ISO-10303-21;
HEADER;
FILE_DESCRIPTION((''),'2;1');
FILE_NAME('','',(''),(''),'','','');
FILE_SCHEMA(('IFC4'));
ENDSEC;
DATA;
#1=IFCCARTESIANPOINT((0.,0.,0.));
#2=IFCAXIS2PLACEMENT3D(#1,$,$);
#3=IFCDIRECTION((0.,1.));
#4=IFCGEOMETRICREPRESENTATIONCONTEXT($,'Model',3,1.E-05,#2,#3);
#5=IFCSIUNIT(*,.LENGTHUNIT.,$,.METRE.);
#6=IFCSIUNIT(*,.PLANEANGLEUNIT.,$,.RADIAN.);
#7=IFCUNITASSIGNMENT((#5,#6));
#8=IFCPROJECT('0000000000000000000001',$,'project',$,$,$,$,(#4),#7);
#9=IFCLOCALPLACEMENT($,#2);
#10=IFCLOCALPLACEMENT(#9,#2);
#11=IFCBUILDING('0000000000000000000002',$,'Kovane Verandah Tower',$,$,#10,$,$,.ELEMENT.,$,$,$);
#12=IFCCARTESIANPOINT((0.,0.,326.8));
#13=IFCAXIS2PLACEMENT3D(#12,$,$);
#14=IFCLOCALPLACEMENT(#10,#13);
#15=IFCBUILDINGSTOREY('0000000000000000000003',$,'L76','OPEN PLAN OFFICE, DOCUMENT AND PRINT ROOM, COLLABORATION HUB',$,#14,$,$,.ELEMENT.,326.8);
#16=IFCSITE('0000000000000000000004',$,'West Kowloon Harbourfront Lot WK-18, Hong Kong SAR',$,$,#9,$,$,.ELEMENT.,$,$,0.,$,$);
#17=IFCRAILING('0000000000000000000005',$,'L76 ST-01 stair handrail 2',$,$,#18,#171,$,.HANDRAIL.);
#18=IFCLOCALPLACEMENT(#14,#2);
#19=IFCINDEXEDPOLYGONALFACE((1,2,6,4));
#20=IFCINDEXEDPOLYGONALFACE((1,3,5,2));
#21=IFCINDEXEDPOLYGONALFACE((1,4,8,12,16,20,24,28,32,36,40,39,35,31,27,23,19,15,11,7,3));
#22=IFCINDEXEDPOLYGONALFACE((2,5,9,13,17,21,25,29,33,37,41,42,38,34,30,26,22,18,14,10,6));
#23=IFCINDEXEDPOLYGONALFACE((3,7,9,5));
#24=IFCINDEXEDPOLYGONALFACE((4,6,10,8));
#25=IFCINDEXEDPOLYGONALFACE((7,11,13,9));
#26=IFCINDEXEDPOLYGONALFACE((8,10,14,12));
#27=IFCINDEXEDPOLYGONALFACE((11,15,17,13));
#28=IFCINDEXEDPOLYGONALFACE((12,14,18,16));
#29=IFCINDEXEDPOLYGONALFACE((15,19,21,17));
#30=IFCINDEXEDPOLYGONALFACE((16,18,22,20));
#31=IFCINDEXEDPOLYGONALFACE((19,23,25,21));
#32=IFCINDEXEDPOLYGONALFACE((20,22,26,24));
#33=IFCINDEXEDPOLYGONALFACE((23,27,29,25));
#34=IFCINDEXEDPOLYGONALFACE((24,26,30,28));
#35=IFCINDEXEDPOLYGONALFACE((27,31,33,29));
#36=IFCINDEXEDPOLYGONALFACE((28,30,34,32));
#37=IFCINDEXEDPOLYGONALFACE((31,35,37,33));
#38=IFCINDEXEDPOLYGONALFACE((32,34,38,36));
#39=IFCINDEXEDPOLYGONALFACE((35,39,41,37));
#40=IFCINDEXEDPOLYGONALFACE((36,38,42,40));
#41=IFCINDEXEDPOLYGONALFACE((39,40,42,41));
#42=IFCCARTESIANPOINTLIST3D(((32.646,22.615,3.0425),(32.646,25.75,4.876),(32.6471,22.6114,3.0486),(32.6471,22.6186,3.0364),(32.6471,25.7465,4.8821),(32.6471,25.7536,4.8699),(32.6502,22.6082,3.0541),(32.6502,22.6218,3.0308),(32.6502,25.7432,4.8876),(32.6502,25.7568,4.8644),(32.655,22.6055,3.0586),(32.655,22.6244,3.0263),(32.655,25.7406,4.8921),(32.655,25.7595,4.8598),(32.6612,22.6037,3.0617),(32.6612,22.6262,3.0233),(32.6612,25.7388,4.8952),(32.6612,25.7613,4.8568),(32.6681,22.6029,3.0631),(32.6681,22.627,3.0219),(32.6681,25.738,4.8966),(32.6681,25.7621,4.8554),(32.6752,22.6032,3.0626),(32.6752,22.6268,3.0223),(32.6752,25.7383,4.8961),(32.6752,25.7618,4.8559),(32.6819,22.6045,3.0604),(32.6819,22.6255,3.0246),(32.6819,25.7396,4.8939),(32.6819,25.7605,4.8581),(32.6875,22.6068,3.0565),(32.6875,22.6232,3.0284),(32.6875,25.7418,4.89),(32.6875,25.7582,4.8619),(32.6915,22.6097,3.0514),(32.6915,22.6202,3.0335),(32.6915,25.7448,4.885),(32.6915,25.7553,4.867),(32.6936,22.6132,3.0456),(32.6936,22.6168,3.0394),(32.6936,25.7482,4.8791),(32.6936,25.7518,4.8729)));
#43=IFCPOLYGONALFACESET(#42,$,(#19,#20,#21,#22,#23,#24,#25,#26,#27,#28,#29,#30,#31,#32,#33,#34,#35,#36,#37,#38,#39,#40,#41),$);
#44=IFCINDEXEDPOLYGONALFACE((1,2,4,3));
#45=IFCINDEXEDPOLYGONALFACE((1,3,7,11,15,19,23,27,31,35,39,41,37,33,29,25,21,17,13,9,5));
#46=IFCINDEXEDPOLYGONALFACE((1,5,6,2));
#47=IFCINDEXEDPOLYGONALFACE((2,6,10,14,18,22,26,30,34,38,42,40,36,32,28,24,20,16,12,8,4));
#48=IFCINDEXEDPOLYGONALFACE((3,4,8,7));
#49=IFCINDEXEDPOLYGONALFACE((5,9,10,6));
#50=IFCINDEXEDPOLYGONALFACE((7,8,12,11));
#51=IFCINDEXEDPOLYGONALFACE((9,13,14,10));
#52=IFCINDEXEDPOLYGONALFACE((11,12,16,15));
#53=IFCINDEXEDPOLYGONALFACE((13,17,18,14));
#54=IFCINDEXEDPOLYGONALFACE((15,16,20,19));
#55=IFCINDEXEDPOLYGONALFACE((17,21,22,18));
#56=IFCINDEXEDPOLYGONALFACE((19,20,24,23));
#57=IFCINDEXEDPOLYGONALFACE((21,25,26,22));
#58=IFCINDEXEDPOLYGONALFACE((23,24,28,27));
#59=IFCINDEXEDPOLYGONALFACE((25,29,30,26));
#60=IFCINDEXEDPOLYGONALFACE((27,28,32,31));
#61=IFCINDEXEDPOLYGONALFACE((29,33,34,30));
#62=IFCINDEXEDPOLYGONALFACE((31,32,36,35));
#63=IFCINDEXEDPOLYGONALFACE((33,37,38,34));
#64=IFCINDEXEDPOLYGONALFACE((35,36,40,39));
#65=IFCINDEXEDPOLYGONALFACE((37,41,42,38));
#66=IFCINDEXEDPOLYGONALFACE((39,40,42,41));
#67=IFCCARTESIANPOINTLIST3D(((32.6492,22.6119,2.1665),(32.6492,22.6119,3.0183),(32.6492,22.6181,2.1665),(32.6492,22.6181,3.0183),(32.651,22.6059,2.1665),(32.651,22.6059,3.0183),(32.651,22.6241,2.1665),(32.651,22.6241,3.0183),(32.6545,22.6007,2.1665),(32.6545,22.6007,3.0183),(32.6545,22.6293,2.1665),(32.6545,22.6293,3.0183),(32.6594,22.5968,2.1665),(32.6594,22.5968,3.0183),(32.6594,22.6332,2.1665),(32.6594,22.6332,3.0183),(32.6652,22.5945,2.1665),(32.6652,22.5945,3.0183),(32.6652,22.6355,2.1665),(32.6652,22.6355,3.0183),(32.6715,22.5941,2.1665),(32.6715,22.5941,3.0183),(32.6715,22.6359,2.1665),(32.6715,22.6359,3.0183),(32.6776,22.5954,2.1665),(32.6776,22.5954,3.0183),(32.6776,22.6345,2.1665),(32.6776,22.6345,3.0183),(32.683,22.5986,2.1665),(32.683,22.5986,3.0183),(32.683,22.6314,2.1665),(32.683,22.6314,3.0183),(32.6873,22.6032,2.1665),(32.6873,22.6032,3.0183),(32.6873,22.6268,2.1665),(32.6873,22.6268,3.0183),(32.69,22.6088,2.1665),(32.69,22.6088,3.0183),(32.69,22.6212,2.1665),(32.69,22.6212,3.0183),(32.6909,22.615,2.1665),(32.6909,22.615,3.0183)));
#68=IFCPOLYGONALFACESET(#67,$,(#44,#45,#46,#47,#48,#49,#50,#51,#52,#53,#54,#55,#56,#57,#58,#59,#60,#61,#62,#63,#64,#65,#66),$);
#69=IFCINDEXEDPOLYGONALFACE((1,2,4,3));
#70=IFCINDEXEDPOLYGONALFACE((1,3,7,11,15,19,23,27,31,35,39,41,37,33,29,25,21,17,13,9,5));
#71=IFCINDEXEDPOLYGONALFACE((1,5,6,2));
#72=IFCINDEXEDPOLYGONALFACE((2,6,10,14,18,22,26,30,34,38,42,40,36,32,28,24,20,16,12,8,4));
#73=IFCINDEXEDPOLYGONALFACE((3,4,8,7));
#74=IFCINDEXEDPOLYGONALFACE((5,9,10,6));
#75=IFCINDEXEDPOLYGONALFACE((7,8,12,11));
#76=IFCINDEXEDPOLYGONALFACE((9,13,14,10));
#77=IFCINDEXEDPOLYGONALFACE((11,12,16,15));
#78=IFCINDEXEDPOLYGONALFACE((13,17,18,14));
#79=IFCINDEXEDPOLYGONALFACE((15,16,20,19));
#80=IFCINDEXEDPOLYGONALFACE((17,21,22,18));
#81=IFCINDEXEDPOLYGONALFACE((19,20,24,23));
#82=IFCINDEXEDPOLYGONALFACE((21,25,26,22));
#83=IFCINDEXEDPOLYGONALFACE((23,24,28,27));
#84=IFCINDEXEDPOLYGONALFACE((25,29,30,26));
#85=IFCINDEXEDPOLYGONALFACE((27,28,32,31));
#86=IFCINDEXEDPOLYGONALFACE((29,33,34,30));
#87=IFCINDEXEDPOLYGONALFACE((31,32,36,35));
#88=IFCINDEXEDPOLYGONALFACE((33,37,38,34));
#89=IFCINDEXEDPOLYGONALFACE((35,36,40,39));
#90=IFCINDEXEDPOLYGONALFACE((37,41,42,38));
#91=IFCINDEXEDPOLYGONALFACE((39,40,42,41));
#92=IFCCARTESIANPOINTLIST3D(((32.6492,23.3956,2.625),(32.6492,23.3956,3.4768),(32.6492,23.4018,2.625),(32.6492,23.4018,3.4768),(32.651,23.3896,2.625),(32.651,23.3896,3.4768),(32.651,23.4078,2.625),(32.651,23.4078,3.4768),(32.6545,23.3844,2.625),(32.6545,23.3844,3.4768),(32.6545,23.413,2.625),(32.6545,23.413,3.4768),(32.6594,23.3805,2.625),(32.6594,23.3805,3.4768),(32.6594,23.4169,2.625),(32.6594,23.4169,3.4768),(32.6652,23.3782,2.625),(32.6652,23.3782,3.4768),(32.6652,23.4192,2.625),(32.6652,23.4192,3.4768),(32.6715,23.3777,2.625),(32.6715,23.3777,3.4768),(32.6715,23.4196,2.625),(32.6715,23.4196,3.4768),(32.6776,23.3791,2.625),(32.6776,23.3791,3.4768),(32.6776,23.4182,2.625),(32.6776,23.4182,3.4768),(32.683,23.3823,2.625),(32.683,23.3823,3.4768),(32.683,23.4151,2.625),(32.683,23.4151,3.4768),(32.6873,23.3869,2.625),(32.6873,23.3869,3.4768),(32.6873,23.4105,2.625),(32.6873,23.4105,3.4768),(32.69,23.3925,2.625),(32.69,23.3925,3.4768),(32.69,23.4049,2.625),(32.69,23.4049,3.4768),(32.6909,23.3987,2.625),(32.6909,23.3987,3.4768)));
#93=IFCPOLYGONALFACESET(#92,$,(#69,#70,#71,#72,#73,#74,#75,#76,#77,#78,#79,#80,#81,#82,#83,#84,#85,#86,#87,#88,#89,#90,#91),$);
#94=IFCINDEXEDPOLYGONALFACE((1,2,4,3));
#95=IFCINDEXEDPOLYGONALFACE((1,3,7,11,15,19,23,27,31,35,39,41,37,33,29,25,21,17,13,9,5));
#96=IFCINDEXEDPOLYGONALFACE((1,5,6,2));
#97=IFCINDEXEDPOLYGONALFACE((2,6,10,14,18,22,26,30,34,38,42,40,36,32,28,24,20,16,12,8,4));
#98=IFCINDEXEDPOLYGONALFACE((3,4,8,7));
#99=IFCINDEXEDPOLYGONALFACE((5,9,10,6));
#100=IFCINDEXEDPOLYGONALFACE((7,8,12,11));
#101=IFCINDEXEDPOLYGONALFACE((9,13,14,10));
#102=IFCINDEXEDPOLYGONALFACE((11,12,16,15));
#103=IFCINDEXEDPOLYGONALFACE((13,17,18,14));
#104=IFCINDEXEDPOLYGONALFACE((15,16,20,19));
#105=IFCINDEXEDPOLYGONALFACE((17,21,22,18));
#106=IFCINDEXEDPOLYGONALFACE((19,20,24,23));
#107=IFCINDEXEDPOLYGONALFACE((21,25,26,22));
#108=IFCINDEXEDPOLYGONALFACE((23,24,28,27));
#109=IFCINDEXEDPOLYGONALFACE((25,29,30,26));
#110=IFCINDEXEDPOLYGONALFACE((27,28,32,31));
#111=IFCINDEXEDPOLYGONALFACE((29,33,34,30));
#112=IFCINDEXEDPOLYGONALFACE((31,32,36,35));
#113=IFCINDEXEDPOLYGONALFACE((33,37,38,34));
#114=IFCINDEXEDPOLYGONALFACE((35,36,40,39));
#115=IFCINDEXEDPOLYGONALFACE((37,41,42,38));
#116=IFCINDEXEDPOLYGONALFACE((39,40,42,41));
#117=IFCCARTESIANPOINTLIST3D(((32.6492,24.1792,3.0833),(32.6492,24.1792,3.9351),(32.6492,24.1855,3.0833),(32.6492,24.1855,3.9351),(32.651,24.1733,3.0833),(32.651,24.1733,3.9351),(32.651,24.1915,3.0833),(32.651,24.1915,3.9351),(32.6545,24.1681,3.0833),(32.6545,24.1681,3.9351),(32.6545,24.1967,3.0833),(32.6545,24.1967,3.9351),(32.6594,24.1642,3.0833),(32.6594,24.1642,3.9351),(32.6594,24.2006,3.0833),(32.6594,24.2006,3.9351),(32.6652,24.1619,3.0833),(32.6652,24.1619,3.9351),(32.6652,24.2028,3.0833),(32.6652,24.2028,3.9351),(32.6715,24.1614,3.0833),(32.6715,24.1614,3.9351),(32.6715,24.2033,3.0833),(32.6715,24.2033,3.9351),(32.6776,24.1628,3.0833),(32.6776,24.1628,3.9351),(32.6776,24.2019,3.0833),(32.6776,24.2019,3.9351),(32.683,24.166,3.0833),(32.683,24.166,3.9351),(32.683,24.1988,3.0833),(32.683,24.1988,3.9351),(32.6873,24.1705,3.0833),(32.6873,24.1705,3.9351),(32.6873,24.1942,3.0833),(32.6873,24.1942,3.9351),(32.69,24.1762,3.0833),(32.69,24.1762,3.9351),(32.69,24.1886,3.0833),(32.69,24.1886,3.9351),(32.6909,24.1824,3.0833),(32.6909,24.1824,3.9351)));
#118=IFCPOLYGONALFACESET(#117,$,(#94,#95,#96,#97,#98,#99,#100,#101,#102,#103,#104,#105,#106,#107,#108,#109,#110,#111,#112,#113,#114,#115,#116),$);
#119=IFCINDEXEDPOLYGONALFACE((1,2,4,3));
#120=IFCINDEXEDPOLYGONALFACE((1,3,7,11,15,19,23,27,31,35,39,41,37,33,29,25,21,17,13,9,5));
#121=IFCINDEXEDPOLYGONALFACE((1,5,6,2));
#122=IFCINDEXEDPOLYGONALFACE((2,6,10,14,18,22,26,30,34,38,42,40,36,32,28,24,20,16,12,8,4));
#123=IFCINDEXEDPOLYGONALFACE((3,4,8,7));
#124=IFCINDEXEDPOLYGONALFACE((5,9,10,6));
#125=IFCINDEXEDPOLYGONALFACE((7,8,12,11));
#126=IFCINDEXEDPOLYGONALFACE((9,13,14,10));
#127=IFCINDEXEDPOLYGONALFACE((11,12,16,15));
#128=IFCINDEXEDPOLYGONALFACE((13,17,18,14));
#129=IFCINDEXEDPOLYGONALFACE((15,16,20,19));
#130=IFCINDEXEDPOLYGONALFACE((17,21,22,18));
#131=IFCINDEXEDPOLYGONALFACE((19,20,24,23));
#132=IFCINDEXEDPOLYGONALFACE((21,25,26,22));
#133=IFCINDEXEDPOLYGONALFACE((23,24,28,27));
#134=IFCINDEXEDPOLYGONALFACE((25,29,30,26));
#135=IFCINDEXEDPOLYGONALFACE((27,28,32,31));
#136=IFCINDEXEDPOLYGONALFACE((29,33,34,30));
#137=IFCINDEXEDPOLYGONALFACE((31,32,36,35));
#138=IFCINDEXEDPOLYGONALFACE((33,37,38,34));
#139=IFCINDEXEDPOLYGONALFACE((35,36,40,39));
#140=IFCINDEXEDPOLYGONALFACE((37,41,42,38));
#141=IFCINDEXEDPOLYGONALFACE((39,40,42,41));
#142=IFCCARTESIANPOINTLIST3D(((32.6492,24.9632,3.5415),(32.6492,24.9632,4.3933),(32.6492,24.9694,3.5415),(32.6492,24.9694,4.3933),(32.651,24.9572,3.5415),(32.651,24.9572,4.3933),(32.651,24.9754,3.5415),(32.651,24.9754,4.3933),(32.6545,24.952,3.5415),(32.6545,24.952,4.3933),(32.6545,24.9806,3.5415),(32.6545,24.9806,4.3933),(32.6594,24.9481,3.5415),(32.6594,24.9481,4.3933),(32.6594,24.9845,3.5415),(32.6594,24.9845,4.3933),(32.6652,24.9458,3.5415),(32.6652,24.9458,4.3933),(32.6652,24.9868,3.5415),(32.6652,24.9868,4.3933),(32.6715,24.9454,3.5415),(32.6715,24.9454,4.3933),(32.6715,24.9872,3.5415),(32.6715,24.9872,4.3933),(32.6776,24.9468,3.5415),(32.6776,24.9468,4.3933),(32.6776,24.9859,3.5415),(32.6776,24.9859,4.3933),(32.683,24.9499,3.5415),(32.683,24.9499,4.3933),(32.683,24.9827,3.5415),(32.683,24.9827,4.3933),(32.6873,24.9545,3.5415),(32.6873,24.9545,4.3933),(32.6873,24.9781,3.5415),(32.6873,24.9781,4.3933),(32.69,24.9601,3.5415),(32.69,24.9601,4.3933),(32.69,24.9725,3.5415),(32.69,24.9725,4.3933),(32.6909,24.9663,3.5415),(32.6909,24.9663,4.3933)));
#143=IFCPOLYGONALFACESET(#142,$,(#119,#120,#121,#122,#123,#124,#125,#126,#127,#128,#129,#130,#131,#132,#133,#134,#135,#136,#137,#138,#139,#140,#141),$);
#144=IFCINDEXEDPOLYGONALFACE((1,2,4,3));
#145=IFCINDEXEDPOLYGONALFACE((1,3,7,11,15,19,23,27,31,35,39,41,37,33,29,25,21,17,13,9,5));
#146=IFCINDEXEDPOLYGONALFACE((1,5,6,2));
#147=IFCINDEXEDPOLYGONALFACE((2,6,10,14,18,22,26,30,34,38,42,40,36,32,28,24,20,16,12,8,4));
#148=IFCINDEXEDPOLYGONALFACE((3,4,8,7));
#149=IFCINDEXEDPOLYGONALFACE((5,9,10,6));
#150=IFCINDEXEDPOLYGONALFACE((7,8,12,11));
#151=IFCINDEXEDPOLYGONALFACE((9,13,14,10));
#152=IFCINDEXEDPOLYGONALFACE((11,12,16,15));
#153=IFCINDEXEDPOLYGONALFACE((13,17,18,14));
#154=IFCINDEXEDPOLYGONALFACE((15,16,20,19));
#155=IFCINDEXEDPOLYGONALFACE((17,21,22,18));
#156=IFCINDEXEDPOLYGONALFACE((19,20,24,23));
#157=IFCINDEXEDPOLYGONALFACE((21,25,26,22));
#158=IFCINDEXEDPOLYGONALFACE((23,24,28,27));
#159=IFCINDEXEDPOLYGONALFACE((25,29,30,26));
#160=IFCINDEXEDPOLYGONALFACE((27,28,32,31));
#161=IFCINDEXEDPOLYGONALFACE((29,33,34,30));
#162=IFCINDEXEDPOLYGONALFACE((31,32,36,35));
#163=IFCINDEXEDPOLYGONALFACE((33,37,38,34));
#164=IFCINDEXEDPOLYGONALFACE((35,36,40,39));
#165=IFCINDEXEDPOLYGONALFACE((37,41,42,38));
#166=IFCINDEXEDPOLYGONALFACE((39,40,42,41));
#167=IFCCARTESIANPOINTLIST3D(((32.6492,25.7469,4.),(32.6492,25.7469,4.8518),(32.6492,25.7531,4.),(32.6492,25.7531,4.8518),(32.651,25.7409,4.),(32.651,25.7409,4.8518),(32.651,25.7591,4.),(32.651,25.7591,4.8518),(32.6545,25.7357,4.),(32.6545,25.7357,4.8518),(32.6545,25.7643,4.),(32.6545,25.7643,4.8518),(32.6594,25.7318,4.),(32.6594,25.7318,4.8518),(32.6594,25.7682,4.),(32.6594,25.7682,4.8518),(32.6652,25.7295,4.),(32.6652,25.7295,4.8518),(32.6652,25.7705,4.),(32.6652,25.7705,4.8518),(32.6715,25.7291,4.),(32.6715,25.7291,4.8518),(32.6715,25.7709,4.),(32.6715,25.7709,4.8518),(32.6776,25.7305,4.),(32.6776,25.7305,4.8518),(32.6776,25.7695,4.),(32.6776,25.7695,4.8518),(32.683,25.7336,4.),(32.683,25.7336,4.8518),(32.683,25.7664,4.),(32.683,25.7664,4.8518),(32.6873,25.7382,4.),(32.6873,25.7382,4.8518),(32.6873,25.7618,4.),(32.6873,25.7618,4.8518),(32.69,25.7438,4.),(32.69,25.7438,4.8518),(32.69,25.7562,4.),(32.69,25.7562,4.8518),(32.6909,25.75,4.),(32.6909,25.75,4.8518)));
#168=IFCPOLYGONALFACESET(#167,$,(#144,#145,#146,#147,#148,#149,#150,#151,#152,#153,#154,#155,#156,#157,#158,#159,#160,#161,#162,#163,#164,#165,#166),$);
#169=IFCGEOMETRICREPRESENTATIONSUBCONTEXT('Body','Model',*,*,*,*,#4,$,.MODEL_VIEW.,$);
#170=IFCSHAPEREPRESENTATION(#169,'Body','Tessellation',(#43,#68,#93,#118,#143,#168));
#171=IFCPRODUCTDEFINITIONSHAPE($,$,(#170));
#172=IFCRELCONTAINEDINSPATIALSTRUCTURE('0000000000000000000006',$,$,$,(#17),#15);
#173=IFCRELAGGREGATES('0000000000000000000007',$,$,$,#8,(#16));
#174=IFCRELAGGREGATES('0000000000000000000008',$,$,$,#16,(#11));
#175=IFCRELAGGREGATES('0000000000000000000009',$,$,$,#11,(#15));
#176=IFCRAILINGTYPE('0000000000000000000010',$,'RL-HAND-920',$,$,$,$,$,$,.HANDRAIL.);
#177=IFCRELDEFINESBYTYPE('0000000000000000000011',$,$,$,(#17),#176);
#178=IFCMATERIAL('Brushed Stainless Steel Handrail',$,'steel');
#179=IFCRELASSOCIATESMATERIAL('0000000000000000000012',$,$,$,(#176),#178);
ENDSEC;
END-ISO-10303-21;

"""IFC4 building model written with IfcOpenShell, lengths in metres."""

from ifc_helpers import new_model, si_unit, direction, frame, origin, origin_2d, place, context, subcontext, project, spatial, circle, extrude, material, type_object, element, save


model = new_model("IFC4")

# Units and contexts
model_context = context("Model", 3, precision=1e-05, world=origin(), true_north=direction((0.0, 1.0)))
body_context = subcontext(model_context, "Body", "Model", "MODEL_VIEW")
ifc_project = project(units=[si_unit("LENGTHUNIT", "METRE"), si_unit("PLANEANGLEUNIT", "RADIAN")], contexts=[model_context])

# Site, building, storey
site_placement = place(None, origin())
site = spatial("IfcSite", under=ifc_project, at=site_placement, Name="West Kowloon Harbourfront Lot WK-18, Hong Kong SAR", CompositionType="ELEMENT", RefElevation=0.0)
building_placement = place(site_placement, origin())
building = spatial("IfcBuilding", under=site, at=building_placement, Name="Kovane Verandah Tower", CompositionType="ELEMENT")
storey_placement = place(building_placement, frame((0.0, 0.0, 326.8)))
storey = spatial("IfcBuildingStorey", under=building, at=storey_placement, Name="L76", Description="OPEN PLAN OFFICE, DOCUMENT AND PRINT ROOM, COLLABORATION HUB", CompositionType="ELEMENT", Elevation=326.8)

# Railing
ifc_material_1 = material(Name="Brushed Stainless Steel Handrail", Category="steel")
railing_type_1 = type_object("IfcRailingType", Name="RL-HAND-920", PredefinedType="HANDRAIL", material=ifc_material_1)
railing_1_placement = place(storey_placement, frame((32.6699, 22.615, 2.1665)))
element("IfcRailing", 1, at=railing_1_placement, inside=storey, type_object=railing_type_1, Name="L76 ST-01 stair handrail 2", PredefinedType="HANDRAIL", context=body_context, shape_type="SweptSolid", body=[
    extrude(circle(Radius=0.0239, at=origin_2d()), frame((0.0, 0.0, 0.876), z_axis=(0.0, 0.86321, 0.504845), x_axis=(-1.0, 0.0, 0.0)), (0.0, 0.0, 1.0), 3.6318),
    extrude(circle(Radius=0.021, at=origin_2d()), origin(), (0.0, 0.0, 1.0), 0.8518),
    extrude(circle(Radius=0.021, at=origin_2d()), frame((0.0, 0.7837, 0.4585)), (0.0, 0.0, 1.0), 0.8518),
    extrude(circle(Radius=0.021, at=origin_2d()), frame((0.0, 1.5674, 0.9167)), (0.0, 0.0, 1.0), 0.8518),
    extrude(circle(Radius=0.021, at=origin_2d()), frame((0.0, 2.3513, 1.375)), (0.0, 0.0, 1.0), 0.8518),
    extrude(circle(Radius=0.021, at=origin_2d()), frame((0.0, 3.135, 1.8335)), (0.0, 0.0, 1.0), 0.8518),
])

save(model, "model.ifc")
